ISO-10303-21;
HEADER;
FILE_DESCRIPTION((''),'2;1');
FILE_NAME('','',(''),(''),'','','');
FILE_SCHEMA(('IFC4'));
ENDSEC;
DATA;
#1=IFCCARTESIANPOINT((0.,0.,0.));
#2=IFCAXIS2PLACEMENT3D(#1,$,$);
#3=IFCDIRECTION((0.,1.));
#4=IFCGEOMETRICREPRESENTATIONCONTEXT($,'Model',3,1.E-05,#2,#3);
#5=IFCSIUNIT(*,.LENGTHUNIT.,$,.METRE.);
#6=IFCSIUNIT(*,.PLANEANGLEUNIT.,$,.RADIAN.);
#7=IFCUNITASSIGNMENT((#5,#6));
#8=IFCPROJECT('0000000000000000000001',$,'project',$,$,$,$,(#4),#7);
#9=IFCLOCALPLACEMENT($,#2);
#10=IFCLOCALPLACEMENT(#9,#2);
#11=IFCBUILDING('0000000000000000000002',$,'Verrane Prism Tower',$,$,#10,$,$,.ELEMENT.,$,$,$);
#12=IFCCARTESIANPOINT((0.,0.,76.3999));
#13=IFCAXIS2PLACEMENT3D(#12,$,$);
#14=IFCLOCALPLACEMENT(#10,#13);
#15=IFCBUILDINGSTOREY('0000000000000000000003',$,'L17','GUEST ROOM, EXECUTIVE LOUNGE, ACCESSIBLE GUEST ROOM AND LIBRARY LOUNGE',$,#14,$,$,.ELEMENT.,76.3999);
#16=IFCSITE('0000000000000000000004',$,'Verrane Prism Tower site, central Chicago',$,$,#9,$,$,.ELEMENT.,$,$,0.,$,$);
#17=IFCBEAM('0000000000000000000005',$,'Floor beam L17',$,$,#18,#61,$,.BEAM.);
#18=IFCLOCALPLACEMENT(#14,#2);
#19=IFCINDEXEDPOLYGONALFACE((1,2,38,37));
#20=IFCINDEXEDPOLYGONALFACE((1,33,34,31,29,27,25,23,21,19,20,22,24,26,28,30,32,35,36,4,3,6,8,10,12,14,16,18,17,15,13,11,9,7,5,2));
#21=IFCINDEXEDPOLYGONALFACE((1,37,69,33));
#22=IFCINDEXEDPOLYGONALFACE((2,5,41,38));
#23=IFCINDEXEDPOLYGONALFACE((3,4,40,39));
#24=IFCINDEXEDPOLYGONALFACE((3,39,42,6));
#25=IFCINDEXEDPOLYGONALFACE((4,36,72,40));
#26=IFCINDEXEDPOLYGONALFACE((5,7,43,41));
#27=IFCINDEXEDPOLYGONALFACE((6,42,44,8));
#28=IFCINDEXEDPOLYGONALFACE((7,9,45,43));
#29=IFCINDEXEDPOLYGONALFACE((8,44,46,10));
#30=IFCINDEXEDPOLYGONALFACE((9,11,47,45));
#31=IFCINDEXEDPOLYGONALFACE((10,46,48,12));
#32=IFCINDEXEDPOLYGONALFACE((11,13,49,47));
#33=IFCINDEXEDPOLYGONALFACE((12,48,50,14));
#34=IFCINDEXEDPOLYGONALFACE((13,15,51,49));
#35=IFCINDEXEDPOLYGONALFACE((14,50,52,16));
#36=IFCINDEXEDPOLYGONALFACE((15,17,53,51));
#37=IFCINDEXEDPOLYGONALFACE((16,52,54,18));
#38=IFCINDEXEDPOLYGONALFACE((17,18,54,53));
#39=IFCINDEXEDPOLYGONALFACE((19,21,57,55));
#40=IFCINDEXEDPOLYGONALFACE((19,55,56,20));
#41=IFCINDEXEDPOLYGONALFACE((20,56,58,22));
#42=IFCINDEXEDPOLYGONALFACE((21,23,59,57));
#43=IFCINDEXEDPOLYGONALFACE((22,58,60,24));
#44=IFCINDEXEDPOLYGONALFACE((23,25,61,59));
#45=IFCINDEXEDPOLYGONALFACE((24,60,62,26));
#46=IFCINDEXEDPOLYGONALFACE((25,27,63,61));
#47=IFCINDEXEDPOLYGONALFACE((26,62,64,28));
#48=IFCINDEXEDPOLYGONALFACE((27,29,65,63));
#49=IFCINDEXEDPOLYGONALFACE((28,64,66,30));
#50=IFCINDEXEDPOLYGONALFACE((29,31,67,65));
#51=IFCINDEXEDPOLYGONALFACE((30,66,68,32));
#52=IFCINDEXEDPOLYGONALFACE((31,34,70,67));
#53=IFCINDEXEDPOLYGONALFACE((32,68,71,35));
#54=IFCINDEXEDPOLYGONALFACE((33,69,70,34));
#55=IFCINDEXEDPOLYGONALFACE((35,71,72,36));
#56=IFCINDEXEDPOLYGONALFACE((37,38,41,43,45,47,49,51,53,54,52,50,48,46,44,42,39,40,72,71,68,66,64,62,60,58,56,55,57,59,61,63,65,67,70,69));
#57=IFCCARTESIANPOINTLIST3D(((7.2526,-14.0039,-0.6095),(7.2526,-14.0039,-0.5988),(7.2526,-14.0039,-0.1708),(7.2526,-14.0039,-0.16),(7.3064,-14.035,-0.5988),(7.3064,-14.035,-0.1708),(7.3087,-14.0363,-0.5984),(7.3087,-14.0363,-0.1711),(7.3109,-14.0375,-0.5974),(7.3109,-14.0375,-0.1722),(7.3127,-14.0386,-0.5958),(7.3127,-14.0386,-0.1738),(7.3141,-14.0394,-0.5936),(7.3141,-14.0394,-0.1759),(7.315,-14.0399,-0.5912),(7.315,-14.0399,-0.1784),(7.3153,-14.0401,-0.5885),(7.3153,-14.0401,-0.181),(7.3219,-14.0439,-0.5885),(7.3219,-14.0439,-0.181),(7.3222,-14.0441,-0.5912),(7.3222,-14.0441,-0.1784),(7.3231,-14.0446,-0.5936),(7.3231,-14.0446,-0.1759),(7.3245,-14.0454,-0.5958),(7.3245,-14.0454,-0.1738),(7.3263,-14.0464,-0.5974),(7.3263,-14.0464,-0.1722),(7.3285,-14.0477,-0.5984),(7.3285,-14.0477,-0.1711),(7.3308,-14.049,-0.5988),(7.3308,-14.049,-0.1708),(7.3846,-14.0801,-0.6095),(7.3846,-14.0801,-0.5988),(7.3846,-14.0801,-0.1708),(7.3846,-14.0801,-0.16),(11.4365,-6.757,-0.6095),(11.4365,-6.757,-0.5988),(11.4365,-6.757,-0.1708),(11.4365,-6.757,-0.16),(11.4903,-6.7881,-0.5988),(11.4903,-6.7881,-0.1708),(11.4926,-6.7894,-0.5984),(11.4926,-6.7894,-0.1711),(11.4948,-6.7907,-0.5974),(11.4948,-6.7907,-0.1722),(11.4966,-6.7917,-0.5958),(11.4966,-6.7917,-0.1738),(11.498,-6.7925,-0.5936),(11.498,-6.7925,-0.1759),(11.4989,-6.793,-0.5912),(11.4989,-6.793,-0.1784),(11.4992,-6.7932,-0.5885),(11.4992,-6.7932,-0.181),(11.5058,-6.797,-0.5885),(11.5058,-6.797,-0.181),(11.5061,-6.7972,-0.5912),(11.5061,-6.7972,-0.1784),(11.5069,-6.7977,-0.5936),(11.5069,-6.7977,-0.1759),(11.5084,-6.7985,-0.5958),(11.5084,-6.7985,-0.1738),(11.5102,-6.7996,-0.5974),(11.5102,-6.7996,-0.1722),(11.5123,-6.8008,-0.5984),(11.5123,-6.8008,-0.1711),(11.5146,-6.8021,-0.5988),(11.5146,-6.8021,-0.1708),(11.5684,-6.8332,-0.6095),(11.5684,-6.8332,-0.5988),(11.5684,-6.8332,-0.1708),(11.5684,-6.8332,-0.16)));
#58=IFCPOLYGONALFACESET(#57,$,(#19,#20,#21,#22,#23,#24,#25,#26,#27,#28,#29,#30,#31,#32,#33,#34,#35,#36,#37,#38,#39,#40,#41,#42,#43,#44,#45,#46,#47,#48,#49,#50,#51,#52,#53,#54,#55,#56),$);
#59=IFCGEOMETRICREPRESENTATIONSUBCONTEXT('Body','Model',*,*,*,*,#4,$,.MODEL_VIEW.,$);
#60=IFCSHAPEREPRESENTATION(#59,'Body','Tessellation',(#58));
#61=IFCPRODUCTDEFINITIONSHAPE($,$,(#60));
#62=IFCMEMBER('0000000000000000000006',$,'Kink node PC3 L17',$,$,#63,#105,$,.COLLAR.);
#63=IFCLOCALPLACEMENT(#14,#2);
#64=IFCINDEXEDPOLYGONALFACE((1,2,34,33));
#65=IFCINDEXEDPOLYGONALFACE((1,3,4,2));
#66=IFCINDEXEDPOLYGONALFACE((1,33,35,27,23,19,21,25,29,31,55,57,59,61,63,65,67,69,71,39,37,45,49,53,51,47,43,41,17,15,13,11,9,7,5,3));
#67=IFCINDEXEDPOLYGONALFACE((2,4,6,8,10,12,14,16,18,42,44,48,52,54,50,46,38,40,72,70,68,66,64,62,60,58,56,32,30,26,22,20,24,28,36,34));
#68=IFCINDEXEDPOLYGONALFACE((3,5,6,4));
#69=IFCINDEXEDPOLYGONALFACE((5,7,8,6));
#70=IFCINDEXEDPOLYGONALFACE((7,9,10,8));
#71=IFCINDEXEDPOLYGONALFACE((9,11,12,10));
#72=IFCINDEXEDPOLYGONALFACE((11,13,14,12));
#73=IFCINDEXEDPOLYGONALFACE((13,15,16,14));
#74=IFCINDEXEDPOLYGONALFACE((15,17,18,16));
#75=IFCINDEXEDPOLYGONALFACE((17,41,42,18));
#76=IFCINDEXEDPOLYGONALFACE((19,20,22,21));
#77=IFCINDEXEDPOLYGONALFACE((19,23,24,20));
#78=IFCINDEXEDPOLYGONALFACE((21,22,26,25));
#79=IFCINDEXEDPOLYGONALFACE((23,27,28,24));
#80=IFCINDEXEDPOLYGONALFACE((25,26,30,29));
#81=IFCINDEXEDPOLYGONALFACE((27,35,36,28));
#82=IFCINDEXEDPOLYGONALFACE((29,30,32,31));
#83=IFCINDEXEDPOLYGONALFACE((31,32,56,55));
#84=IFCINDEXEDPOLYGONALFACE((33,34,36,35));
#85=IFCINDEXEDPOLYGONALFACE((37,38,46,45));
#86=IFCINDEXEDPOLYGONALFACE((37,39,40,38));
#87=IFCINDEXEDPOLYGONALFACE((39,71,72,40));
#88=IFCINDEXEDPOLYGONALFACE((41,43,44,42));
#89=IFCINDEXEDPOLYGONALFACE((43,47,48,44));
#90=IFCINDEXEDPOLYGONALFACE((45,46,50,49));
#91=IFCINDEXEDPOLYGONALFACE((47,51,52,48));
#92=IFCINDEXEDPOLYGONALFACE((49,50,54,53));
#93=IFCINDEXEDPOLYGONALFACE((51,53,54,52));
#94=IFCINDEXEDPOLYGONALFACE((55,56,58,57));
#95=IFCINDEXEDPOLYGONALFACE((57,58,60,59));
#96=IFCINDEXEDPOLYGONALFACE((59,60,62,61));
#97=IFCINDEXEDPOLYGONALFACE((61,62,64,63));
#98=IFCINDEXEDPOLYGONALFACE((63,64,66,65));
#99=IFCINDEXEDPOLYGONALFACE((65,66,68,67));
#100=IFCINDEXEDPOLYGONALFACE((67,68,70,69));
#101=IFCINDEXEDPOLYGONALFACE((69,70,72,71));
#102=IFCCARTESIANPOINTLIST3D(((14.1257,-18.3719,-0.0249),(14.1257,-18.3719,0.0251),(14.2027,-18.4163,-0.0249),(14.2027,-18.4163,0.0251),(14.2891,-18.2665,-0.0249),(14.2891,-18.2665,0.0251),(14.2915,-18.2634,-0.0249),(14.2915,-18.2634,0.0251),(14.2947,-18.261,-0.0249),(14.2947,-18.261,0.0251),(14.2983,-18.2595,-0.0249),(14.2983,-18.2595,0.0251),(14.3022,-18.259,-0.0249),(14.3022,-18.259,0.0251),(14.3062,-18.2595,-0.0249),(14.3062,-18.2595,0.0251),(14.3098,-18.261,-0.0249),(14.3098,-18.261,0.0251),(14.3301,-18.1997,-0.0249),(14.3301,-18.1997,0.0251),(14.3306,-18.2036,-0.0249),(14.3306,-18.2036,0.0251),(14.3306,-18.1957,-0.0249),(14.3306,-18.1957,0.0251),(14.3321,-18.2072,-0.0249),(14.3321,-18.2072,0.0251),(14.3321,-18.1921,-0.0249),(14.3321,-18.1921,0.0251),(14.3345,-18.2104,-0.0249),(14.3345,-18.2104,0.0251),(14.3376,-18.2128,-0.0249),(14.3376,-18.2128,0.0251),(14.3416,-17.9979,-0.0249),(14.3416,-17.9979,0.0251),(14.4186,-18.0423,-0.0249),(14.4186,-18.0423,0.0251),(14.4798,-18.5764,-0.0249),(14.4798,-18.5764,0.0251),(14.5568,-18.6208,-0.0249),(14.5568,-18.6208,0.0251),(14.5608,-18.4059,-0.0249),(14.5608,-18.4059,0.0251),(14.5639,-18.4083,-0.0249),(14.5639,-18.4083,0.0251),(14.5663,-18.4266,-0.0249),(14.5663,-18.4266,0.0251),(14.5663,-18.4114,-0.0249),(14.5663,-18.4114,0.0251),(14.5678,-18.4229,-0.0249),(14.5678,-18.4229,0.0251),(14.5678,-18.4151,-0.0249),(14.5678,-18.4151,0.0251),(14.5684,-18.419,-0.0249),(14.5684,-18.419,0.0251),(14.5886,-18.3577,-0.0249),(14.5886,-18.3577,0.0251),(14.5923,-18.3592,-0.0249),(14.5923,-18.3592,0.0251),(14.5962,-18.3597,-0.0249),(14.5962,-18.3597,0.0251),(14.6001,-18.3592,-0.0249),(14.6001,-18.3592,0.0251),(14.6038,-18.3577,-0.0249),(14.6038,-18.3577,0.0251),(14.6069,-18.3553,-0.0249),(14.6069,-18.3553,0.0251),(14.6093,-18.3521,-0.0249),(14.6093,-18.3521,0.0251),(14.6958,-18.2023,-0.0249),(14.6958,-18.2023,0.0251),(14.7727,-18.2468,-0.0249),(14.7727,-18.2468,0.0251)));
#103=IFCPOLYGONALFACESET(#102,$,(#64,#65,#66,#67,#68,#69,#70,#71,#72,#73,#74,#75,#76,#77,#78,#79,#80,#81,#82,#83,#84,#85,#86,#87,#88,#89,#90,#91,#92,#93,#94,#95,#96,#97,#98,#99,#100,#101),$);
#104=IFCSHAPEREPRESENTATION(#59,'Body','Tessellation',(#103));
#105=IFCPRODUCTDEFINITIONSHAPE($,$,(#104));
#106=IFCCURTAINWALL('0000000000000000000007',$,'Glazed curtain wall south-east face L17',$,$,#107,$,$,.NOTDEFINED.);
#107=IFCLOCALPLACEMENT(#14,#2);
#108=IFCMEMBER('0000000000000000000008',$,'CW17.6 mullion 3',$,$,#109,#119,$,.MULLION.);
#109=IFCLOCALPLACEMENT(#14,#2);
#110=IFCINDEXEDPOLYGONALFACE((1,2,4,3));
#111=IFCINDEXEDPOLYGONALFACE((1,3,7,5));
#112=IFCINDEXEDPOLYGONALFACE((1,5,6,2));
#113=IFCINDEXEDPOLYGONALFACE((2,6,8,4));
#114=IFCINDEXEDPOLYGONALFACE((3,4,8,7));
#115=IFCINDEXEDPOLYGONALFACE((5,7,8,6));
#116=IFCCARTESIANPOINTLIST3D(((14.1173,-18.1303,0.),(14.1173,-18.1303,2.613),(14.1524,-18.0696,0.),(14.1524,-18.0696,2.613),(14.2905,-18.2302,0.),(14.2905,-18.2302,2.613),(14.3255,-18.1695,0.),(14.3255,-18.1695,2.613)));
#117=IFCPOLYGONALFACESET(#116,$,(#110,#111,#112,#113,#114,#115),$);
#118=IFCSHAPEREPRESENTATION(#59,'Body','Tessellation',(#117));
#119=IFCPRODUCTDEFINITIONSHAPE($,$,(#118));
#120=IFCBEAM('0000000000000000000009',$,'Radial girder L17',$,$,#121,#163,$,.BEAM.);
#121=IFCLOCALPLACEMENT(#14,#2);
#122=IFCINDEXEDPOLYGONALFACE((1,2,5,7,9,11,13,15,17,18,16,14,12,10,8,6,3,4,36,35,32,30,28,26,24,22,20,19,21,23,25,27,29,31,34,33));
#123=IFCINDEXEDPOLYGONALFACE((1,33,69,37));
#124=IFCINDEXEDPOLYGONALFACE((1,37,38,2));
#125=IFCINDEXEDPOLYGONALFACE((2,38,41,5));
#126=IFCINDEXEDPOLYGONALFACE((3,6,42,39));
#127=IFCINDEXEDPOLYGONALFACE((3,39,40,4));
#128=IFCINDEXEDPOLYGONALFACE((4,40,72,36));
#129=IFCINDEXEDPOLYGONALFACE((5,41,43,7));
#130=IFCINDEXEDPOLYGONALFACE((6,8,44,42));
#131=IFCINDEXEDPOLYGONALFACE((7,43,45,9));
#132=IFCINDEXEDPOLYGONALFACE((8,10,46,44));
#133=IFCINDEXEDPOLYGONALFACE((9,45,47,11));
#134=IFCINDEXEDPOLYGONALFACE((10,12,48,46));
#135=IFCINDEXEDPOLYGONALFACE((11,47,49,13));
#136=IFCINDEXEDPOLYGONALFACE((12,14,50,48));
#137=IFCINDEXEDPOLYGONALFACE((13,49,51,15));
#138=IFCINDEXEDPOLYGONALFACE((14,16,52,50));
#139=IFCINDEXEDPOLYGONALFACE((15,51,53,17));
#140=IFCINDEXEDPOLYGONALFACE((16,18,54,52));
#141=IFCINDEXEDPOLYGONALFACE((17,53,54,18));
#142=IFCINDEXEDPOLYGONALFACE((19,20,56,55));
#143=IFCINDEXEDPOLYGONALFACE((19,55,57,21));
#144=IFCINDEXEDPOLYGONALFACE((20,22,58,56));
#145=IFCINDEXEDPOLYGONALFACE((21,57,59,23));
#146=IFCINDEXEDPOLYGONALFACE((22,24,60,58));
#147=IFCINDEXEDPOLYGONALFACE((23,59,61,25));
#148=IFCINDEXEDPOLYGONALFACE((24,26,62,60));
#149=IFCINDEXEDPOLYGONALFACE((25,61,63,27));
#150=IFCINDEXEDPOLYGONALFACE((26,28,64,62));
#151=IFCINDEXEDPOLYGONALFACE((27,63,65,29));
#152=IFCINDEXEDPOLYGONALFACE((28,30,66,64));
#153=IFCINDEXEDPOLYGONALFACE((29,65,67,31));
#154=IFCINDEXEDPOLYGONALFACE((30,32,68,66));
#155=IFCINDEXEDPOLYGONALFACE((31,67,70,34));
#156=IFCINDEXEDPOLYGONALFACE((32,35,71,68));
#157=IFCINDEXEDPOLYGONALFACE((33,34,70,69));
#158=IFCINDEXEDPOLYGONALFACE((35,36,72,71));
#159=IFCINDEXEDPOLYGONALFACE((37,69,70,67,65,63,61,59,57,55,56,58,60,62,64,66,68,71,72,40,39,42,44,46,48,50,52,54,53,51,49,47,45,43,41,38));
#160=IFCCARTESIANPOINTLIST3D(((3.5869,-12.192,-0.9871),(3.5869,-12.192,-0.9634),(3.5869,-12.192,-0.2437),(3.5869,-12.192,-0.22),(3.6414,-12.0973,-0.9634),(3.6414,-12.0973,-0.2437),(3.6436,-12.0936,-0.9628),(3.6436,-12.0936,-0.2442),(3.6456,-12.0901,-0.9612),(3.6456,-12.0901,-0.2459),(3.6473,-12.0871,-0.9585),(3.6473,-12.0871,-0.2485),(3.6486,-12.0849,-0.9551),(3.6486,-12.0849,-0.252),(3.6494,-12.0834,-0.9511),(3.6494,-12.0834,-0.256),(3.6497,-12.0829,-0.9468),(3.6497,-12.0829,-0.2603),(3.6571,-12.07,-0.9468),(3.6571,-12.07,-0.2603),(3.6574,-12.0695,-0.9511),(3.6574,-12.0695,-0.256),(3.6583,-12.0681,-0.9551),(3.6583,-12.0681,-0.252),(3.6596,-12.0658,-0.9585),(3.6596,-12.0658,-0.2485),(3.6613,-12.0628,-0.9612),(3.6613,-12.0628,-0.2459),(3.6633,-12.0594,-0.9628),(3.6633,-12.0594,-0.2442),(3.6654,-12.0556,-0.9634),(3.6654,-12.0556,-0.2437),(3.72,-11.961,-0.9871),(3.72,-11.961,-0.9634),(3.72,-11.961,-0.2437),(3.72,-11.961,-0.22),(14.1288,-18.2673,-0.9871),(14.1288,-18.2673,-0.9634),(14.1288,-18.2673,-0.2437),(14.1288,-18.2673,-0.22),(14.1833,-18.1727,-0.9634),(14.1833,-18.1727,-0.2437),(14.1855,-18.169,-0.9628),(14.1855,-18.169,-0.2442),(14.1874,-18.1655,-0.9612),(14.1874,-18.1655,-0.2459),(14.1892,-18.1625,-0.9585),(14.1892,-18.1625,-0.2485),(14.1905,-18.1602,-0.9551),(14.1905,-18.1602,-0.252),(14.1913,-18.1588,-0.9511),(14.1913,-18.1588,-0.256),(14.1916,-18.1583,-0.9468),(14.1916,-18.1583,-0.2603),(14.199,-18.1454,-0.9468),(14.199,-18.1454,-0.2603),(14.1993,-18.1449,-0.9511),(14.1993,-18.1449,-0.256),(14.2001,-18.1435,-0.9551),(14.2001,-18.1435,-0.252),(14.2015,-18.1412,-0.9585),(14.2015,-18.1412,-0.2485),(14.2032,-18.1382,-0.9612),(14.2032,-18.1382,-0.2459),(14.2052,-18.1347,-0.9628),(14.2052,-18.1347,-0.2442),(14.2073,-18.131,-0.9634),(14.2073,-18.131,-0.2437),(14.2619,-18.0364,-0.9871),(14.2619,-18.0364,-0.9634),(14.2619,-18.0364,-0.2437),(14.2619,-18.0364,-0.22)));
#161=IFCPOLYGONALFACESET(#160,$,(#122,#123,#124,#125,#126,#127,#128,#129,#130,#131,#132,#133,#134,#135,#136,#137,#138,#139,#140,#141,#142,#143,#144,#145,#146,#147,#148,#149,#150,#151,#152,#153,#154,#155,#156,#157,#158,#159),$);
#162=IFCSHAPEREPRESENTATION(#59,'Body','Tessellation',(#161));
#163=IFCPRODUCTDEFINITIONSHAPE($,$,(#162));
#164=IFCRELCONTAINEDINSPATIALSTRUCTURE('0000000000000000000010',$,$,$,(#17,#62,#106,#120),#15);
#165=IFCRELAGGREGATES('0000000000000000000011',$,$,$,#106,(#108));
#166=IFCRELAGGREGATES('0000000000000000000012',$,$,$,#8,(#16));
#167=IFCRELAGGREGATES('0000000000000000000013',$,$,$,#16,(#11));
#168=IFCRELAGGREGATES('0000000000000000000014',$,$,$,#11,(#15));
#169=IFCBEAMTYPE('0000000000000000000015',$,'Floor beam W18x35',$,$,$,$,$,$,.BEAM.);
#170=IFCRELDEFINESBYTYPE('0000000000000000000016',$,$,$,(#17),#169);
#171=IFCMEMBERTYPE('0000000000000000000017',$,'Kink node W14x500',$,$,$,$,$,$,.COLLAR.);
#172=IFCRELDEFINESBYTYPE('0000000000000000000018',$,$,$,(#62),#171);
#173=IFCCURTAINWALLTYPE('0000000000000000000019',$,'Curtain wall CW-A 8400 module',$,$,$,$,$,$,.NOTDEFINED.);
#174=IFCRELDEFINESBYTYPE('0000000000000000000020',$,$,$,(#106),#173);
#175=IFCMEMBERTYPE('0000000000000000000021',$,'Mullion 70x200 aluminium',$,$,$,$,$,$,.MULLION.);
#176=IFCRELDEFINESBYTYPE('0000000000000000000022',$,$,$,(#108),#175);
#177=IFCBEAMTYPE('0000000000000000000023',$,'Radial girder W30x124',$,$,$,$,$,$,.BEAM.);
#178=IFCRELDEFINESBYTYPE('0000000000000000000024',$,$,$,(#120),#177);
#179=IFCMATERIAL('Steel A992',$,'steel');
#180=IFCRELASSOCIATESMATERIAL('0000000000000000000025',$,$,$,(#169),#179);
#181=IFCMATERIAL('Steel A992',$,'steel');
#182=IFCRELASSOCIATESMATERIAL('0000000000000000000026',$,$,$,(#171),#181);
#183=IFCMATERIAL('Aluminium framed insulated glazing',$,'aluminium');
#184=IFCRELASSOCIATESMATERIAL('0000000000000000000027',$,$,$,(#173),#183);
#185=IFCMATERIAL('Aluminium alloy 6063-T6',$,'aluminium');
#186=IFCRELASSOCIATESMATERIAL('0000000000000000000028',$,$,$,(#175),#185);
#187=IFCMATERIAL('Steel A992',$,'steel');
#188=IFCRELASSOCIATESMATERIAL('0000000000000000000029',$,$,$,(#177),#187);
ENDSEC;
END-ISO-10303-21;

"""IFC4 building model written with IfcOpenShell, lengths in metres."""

from ifc_helpers import new_model, si_unit, direction, frame, origin, origin_2d, place, context, subcontext, project, spatial, rectangle, i_section, extrude, material, material_profile, profile_set, type_object, element, aggregate, save


model = new_model("IFC4")

# Units and contexts
model_context = context("Model", 3, precision=1e-05, world=origin(), true_north=direction((0.0, 1.0)))
body_context = subcontext(model_context, "Body", "Model", "MODEL_VIEW")
ifc_project = project(units=[si_unit("LENGTHUNIT", "METRE"), si_unit("PLANEANGLEUNIT", "RADIAN")], contexts=[model_context])

# Site, building, storey
site_placement = place(None, origin())
site = spatial("IfcSite", under=ifc_project, at=site_placement, Name="Verrane Prism Tower site, central Chicago", CompositionType="ELEMENT", RefElevation=0.0)
building_placement = place(site_placement, origin())
building = spatial("IfcBuilding", under=site, at=building_placement, Name="Verrane Prism Tower", CompositionType="ELEMENT")
storey_placement = place(building_placement, frame((0.0, 0.0, 76.3999)))
storey = spatial("IfcBuildingStorey", under=building, at=storey_placement, Name="L17", Description="GUEST ROOM, EXECUTIVE LOUNGE, ACCESSIBLE GUEST ROOM AND LIBRARY LOUNGE", CompositionType="ELEMENT", Elevation=76.3999)

# Beam
ifc_material_1 = material(Name="Steel A992", Category="steel")
ifc_material_profile_1 = material_profile(ifc_material_1, i_section(OverallWidth=0.1523, OverallDepth=0.4495, WebThickness=0.0076, FlangeThickness=0.0107, FilletRadius=0.0103, at=origin_2d()), Name="W18x35")
ifc_profile_set_1 = profile_set([ifc_material_profile_1], Name="Steel A992")
beam_type_1 = type_object("IfcBeamType", Name="Floor beam W18x35", PredefinedType="BEAM", material=ifc_profile_set_1)
beam_1_placement = place(storey_placement, frame((7.3186, -14.042, -0.3848), z_axis=(0.499989, 0.866032, 0.0), x_axis=(-0.866032, 0.499989, 0.0)))
element("IfcBeam", 1, at=beam_1_placement, inside=storey, type_object=beam_type_1, Name="Floor beam L17", PredefinedType="BEAM", context=body_context, shape_type="SweptSolid", body=[
    extrude(i_section(OverallWidth=0.1523, OverallDepth=0.4495, WebThickness=0.0076, FlangeThickness=0.0107, FilletRadius=0.0103, at=origin_2d()), origin(), (0.0, 0.0, 1.0), 8.3679),
])

# Member
ifc_material_2 = material(Name="Steel A992", Category="steel")
ifc_material_profile_2 = material_profile(ifc_material_2, i_section(OverallWidth=0.4319, OverallDepth=0.4978, WebThickness=0.0557, FlangeThickness=0.0889, FilletRadius=0.0151, at=origin_2d()), Name="W14x500")
ifc_profile_set_2 = profile_set([ifc_material_profile_2], Name="Steel A992")
member_type_1 = type_object("IfcMemberType", Name="Kink node W14x500", PredefinedType="COLLAR", material=ifc_profile_set_2)
member_1_placement = place(storey_placement, frame((14.4492, -18.3093, -0.0249), z_axis=(0.0, 0.0, 1.0), x_axis=(-0.5, -0.866025, 0.0)))
element("IfcMember", 2, at=member_1_placement, inside=storey, type_object=member_type_1, Name="Kink node PC3 L17", PredefinedType="COLLAR", context=body_context, shape_type="SweptSolid", body=[
    extrude(i_section(OverallWidth=0.4319, OverallDepth=0.4978, WebThickness=0.0557, FlangeThickness=0.0889, FilletRadius=0.0151, at=origin_2d()), origin(), (0.0, 0.0, 1.0), 0.05),
])

# Curtain wall, member
ifc_material_3 = material(Name="Aluminium framed insulated glazing", Category="aluminium")
curtain_wall_type = type_object("IfcCurtainWallType", Name="Curtain wall CW-A 8400 module", PredefinedType="NOTDEFINED", material=ifc_material_3)
curtain_wall_placement = place(storey_placement, origin())
curtain_wall = element("IfcCurtainWall", 3, at=curtain_wall_placement, inside=storey, type_object=curtain_wall_type, Name="Glazed curtain wall south-east face L17", PredefinedType="NOTDEFINED")
ifc_material_4 = material(Name="Aluminium alloy 6063-T6", Category="aluminium")
ifc_material_profile_3 = material_profile(ifc_material_4, rectangle(XDim=0.2, YDim=0.0701, at=origin_2d()), Name="Mullion 70x200 aluminium")
ifc_profile_set_3 = profile_set([ifc_material_profile_3], Name="Aluminium alloy 6063-T6")
member_type_2 = type_object("IfcMemberType", Name="Mullion 70x200 aluminium", PredefinedType="MULLION", material=ifc_profile_set_3)
member_2_placement = place(storey_placement, frame((14.2214, -18.1499, 0.0), z_axis=(0.0, 0.0, 1.0), x_axis=(-0.866026, 0.499999, 0.0)))
member_2 = element("IfcMember", 4, at=member_2_placement, type_object=member_type_2, Name="CW17.6 mullion 3", PredefinedType="MULLION", context=body_context, shape_type="SweptSolid", body=[
    extrude(rectangle(XDim=0.2, YDim=0.0701, at=origin_2d()), origin(), (0.0, 0.0, 1.0), 2.613),
])

# Beam
ifc_material_5 = material(Name="Steel A992", Category="steel")
ifc_material_profile_4 = material_profile(ifc_material_5, i_section(OverallWidth=0.2666, OverallDepth=0.7671, WebThickness=0.0149, FlangeThickness=0.0237, FilletRadius=0.0166, at=origin_2d()), Name="W30x124")
ifc_profile_set_4 = profile_set([ifc_material_profile_4], Name="Steel A992")
beam_type_2 = type_object("IfcBeamType", Name="Radial girder W30x124", PredefinedType="BEAM", material=ifc_profile_set_4)
beam_2_placement = place(storey_placement, frame((14.1953, -18.1519, -0.6035), z_axis=(-0.866416, 0.499323, 0.0), x_axis=(-0.499323, -0.866416, 0.0)))
element("IfcBeam", 5, at=beam_2_placement, inside=storey, type_object=beam_type_2, Name="Radial girder L17", PredefinedType="BEAM", context=body_context, shape_type="SweptSolid", body=[
    extrude(i_section(OverallWidth=0.2666, OverallDepth=0.7671, WebThickness=0.0149, FlangeThickness=0.0237, FilletRadius=0.0166, at=origin_2d()), origin(), (0.0, 0.0, 1.0), 12.1672),
])

aggregate(curtain_wall, [member_2])

save(model, "model.ifc")
